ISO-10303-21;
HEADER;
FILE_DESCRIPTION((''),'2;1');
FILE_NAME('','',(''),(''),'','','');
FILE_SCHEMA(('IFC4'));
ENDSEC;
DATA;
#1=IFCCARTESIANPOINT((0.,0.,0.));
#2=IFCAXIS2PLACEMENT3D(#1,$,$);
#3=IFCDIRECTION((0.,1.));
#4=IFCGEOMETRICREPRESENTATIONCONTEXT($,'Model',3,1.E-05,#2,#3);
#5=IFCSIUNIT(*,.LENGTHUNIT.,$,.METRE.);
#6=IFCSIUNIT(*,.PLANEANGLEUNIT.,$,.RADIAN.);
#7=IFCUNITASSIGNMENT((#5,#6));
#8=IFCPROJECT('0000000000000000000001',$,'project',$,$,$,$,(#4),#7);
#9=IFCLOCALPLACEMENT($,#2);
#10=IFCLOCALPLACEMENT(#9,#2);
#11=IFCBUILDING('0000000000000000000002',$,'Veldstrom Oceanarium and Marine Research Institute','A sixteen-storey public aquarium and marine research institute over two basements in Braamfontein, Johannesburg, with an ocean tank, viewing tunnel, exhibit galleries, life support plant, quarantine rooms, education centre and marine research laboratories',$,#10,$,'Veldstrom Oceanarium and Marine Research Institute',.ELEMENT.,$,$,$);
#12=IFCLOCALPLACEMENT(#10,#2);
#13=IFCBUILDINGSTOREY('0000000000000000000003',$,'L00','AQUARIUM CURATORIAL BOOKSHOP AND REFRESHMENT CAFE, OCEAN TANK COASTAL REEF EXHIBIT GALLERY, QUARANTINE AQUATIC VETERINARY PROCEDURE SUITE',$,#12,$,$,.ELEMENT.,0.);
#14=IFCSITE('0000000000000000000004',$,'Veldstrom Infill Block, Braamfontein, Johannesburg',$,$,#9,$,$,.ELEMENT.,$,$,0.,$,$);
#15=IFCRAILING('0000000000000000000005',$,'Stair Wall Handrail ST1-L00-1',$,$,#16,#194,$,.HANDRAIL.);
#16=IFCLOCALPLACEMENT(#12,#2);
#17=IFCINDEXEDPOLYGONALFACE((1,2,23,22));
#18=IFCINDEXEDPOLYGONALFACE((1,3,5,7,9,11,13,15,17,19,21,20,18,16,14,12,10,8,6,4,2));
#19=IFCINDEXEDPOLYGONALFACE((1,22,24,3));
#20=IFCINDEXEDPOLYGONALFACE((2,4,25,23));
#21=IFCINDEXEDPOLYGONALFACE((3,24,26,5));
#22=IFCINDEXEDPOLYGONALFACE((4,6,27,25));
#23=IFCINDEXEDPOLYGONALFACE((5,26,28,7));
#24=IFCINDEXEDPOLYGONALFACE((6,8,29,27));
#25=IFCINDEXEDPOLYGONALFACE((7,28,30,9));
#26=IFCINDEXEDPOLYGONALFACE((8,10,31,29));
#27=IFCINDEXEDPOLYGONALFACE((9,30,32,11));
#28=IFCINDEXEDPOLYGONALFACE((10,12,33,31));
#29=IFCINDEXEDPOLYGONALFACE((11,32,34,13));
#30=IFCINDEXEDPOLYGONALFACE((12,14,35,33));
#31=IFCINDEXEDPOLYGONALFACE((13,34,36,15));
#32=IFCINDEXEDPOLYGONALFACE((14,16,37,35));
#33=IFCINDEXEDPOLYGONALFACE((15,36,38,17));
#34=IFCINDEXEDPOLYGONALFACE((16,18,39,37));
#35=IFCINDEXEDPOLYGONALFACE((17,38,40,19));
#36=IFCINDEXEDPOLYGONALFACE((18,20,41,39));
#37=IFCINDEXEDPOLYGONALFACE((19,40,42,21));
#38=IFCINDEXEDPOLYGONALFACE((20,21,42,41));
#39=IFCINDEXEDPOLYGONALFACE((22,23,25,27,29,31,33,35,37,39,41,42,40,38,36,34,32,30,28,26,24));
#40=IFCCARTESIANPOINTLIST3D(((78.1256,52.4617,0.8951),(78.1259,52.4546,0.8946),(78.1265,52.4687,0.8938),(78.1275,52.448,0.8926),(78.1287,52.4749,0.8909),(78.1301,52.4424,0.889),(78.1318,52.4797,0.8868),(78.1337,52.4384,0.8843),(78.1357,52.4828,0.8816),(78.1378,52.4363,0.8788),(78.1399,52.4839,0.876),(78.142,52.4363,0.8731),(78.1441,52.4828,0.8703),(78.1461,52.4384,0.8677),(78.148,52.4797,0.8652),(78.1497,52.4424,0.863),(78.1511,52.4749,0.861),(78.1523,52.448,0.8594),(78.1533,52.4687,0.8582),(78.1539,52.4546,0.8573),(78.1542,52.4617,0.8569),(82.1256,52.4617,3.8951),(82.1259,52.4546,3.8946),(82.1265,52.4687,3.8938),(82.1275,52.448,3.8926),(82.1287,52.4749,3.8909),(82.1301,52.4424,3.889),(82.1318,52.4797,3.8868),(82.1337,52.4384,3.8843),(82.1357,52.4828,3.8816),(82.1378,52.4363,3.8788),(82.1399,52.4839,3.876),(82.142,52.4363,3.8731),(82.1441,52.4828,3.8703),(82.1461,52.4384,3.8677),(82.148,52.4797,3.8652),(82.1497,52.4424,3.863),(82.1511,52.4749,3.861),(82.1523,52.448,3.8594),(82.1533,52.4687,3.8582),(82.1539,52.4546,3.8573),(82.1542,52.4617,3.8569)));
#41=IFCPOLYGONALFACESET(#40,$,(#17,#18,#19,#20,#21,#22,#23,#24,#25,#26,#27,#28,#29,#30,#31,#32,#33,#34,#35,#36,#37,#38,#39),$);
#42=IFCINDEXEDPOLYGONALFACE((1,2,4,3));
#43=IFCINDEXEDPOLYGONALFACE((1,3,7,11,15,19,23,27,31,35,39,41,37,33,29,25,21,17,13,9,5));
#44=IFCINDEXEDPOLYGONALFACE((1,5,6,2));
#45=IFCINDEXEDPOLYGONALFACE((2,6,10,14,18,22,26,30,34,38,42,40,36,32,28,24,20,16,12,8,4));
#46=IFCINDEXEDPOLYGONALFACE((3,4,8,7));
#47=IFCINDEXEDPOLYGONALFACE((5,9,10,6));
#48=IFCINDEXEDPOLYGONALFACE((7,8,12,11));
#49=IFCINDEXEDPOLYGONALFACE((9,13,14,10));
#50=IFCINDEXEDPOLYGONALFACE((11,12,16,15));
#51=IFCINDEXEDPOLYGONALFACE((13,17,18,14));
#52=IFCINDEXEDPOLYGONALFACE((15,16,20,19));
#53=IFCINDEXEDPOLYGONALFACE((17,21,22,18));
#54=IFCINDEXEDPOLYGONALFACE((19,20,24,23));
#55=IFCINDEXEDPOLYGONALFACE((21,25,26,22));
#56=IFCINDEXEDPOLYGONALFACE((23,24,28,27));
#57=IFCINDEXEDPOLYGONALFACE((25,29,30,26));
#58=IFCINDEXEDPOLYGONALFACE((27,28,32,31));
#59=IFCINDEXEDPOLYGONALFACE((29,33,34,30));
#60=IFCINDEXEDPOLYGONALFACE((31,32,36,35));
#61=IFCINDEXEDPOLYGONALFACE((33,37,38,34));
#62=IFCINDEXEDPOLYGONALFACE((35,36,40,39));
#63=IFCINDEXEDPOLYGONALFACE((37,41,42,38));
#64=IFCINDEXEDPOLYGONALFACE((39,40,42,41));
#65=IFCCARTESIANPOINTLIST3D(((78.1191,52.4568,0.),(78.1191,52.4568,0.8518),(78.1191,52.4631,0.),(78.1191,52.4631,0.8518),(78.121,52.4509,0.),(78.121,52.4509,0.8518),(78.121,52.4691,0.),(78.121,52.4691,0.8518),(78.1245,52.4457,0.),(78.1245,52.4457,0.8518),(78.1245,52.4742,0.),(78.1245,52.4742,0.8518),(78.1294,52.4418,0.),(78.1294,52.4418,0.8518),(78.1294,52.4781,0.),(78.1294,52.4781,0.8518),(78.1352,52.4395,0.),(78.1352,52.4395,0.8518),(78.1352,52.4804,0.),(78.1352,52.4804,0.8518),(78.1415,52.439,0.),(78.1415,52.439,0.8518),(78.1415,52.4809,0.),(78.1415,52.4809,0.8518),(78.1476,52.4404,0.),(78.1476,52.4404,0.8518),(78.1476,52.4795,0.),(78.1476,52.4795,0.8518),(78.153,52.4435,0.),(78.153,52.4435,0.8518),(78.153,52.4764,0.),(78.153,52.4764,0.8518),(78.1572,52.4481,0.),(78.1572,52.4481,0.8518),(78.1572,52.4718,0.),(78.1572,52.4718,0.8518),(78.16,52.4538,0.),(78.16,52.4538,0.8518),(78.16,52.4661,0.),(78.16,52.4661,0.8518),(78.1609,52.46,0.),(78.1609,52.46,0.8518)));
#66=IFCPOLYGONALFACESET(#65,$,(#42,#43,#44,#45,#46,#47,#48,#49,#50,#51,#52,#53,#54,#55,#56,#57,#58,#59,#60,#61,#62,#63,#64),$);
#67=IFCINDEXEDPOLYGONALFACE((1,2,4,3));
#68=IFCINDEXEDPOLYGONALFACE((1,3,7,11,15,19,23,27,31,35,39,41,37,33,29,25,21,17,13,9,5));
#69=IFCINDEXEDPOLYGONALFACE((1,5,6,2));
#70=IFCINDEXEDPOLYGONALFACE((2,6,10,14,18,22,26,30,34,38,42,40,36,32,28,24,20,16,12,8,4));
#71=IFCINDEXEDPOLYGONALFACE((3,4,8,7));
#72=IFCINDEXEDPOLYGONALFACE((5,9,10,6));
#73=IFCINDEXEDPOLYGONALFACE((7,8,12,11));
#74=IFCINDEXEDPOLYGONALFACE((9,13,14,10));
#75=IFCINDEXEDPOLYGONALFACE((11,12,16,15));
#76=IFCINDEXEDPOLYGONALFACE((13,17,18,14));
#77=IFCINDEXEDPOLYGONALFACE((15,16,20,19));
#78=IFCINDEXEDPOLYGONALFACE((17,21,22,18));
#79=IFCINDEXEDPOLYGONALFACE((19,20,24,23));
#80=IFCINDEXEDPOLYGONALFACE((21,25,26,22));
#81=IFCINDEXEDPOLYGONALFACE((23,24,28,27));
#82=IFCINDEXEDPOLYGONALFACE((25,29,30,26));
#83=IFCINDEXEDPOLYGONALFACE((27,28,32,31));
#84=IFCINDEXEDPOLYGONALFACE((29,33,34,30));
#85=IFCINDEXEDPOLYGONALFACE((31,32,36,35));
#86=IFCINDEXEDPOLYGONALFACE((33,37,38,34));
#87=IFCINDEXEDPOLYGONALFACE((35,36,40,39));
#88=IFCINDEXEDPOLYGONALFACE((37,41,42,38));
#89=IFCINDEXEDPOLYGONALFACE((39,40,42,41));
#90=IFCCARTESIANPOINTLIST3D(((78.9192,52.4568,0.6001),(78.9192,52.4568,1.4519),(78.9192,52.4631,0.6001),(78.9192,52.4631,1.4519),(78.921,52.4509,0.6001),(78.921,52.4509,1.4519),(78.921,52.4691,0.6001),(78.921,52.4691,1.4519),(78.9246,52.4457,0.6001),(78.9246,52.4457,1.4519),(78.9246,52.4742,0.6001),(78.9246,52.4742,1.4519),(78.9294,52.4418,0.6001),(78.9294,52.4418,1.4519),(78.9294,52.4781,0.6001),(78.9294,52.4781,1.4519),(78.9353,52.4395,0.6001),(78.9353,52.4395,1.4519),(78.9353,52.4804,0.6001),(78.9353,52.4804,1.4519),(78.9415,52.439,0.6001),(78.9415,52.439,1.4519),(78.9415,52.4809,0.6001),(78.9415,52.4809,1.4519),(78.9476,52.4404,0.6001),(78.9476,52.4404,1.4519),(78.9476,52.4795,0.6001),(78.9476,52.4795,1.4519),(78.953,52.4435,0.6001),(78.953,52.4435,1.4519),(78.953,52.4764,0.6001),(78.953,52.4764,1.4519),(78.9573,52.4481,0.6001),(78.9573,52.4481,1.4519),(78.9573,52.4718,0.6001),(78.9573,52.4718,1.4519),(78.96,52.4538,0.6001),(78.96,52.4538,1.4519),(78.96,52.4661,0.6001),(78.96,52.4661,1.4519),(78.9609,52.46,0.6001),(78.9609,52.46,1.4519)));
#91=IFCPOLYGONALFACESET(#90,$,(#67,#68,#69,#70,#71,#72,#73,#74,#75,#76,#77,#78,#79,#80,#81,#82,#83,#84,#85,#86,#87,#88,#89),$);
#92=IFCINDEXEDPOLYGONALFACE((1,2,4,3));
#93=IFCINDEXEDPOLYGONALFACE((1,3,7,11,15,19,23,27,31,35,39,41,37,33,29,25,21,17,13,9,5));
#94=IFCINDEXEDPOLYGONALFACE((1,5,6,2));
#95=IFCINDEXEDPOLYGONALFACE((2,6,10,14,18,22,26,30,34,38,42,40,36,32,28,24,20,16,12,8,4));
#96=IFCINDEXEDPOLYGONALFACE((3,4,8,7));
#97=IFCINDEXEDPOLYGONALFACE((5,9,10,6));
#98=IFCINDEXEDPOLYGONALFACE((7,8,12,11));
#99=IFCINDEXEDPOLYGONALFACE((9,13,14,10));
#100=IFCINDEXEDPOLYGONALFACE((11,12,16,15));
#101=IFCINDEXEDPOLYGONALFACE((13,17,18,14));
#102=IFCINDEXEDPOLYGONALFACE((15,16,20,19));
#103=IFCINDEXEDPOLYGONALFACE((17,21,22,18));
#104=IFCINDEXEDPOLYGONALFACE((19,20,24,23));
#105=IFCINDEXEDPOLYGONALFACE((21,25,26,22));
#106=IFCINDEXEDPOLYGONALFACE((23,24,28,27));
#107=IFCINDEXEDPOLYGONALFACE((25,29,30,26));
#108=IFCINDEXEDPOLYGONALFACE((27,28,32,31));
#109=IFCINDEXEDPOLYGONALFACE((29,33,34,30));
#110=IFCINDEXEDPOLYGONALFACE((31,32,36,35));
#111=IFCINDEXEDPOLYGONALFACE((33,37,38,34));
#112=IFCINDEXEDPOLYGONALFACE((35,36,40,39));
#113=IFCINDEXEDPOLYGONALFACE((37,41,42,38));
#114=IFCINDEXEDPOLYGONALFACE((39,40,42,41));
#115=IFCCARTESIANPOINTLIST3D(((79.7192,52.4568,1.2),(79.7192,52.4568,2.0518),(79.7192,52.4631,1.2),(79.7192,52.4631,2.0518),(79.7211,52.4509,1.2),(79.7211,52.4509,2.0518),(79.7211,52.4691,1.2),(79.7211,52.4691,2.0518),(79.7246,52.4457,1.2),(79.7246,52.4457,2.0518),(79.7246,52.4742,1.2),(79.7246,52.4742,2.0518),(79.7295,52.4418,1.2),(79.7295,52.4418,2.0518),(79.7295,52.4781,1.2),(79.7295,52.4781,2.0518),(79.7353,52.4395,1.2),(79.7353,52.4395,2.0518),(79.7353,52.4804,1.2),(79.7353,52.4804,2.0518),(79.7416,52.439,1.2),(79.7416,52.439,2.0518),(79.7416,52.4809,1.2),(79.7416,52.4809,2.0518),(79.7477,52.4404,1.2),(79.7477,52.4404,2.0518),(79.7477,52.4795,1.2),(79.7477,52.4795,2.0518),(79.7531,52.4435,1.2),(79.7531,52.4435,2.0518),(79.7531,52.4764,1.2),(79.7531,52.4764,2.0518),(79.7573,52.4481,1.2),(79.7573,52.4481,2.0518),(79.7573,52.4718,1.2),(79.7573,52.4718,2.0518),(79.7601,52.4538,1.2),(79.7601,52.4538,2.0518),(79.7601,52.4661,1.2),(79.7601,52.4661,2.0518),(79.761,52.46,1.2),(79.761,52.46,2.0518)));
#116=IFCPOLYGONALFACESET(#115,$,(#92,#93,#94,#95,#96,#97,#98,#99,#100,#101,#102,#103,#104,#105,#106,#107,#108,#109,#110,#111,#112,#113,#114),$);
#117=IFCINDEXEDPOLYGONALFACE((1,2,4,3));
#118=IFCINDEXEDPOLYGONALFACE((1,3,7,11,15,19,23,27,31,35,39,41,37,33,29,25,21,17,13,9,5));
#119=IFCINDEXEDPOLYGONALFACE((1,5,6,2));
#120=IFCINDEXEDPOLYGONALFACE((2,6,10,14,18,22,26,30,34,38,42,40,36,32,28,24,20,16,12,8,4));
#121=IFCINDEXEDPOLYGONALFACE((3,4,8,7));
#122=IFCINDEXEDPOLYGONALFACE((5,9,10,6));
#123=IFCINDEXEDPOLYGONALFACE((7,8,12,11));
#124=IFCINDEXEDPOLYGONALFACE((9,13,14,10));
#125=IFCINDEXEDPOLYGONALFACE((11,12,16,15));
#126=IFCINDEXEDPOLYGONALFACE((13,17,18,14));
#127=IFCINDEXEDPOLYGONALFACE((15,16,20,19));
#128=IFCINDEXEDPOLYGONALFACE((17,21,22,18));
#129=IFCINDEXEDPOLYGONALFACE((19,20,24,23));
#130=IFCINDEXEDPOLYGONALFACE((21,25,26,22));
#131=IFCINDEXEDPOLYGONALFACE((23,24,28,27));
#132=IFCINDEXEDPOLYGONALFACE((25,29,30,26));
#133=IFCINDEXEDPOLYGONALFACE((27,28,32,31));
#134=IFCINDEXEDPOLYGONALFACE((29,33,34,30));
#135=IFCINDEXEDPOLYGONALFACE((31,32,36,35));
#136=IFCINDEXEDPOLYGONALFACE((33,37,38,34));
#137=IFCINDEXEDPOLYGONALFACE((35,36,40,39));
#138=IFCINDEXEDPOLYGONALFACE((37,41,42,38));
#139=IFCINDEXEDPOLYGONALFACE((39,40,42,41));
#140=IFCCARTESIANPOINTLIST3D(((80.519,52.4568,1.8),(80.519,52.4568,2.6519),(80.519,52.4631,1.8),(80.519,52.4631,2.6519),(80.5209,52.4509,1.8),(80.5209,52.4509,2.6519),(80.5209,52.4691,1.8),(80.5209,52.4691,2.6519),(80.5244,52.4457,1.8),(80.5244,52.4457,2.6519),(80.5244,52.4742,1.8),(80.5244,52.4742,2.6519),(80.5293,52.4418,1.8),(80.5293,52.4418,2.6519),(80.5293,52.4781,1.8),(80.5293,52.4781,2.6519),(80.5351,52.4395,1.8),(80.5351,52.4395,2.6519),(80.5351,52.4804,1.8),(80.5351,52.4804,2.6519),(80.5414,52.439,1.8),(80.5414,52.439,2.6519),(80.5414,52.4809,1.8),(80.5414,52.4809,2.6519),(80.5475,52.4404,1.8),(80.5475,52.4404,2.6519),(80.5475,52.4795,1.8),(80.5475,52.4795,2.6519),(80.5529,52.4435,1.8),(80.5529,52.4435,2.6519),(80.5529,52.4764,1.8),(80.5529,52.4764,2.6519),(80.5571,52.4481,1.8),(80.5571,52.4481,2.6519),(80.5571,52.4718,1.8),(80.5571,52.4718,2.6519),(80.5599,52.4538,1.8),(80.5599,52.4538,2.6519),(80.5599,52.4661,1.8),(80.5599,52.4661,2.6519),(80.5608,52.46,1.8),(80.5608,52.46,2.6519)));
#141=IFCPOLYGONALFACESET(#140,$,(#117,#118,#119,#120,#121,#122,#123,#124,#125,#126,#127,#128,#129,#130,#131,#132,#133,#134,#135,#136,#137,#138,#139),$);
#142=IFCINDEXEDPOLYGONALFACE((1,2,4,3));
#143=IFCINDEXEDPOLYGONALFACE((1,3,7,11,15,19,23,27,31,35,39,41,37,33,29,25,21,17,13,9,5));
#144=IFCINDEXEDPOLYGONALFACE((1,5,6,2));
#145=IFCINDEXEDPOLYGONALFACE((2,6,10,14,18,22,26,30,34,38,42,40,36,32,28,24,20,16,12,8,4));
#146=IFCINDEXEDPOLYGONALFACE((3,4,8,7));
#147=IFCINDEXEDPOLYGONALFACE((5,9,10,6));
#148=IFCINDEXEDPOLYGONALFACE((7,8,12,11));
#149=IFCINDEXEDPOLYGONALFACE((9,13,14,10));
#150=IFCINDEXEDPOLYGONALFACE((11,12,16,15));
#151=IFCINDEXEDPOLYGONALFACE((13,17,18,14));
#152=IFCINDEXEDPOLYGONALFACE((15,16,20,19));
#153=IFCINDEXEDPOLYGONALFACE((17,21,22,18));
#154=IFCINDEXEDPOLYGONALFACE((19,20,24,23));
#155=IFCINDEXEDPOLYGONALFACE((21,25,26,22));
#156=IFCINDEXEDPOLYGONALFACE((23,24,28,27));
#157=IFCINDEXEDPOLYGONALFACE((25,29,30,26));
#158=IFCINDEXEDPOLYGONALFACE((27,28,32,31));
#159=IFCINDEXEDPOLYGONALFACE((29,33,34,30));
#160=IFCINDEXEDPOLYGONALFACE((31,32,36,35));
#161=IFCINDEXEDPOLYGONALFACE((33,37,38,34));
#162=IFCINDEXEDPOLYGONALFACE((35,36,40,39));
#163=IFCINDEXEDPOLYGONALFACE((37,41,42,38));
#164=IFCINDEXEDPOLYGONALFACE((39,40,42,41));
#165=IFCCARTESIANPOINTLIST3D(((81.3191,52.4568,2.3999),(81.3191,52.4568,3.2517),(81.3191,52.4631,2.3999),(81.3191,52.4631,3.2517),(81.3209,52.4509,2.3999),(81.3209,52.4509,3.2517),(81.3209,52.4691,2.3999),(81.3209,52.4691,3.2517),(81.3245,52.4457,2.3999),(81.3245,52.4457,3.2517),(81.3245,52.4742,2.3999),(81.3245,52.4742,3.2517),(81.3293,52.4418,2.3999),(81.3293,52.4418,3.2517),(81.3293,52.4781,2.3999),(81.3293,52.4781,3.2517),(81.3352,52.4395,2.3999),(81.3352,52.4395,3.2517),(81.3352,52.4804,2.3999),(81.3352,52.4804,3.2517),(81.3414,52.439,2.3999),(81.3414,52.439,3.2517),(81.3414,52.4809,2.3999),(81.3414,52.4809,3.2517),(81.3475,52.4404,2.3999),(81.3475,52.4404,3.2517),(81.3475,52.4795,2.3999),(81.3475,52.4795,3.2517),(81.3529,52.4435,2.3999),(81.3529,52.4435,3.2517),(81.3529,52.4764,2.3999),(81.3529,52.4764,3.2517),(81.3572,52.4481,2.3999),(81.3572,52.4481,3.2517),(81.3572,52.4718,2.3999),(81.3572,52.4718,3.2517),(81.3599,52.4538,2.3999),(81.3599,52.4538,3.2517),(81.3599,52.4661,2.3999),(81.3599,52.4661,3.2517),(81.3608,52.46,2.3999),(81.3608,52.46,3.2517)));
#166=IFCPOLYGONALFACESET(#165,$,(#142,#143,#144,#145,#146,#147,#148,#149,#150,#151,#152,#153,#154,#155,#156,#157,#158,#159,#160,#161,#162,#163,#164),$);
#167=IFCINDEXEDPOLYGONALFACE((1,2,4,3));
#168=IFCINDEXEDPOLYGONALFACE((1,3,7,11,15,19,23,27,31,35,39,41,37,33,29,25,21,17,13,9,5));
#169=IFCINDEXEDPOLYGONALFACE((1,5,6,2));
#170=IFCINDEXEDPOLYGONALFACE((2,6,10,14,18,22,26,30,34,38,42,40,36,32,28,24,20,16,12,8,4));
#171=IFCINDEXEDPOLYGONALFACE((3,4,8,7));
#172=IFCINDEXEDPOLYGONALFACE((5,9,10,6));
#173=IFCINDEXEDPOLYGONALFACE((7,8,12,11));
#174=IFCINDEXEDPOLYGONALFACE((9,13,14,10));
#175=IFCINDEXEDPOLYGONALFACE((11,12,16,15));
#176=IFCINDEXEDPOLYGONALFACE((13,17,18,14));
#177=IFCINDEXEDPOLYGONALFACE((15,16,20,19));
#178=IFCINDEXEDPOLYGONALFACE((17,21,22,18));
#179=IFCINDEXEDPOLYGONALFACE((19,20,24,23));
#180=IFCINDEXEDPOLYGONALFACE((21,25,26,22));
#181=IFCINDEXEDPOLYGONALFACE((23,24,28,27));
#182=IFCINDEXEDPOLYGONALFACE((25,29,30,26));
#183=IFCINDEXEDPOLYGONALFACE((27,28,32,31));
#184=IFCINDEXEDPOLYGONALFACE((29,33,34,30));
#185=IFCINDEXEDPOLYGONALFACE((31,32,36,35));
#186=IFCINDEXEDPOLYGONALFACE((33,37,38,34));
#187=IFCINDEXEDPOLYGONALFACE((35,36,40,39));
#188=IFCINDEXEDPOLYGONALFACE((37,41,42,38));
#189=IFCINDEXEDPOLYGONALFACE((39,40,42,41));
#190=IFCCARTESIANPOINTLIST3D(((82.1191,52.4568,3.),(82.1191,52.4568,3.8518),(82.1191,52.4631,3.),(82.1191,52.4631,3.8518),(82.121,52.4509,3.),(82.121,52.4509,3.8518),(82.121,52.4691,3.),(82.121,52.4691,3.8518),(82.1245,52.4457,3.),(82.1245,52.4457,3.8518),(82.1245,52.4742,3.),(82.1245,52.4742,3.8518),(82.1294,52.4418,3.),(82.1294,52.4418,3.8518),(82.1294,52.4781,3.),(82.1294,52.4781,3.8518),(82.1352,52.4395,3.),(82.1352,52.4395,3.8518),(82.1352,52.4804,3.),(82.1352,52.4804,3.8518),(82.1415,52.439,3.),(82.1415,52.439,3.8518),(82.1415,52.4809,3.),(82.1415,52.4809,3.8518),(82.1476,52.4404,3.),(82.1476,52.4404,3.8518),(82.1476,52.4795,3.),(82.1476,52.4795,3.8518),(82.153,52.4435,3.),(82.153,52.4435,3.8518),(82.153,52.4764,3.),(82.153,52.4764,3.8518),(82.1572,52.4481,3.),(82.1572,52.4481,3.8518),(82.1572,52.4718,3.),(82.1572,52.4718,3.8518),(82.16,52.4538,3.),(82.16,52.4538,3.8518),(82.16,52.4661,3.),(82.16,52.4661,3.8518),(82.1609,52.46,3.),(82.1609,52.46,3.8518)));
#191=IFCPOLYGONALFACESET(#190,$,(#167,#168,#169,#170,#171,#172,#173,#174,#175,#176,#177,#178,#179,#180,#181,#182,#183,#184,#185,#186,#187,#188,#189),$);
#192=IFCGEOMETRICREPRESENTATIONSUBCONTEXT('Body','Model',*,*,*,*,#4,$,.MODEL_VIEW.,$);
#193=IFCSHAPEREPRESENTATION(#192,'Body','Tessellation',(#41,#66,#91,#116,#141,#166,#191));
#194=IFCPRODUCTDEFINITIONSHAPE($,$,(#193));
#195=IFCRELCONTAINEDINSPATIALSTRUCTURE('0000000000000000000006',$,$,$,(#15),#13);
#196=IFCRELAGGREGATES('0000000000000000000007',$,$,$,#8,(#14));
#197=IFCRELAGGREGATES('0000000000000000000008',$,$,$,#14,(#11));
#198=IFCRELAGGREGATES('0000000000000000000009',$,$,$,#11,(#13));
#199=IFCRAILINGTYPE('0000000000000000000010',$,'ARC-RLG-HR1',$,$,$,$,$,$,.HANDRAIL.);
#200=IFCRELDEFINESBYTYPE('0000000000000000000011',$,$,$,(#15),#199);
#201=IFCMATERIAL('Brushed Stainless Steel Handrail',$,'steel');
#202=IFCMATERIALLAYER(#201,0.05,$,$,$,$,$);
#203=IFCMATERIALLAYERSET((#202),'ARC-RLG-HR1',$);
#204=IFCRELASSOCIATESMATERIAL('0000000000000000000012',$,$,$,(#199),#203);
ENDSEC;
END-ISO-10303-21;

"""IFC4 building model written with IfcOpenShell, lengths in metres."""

from ifc_helpers import new_model, si_unit, direction, frame, origin, origin_2d, place, context, subcontext, project, spatial, circle, extrude, material, layer, layer_set, type_object, element, save


model = new_model("IFC4")

# Units and contexts
model_context = context("Model", 3, precision=1e-05, world=origin(), true_north=direction((0.0, 1.0)))
body_context = subcontext(model_context, "Body", "Model", "MODEL_VIEW")
ifc_project = project(units=[si_unit("LENGTHUNIT", "METRE"), si_unit("PLANEANGLEUNIT", "RADIAN")], contexts=[model_context])

# Site, building, storey
site_placement = place(None, origin())
site = spatial("IfcSite", under=ifc_project, at=site_placement, Name="Veldstrom Infill Block, Braamfontein, Johannesburg", CompositionType="ELEMENT", RefElevation=0.0)
building_placement = place(site_placement, origin())
building = spatial("IfcBuilding", under=site, at=building_placement, Name="Veldstrom Oceanarium and Marine Research Institute", Description="A sixteen-storey public aquarium and marine research institute over two basements in Braamfontein, Johannesburg, with an ocean tank, viewing tunnel, exhibit galleries, life support plant, quarantine rooms, education centre and marine research laboratories", LongName="Veldstrom Oceanarium and Marine Research Institute", CompositionType="ELEMENT")
storey_placement = place(building_placement, origin())
storey = spatial("IfcBuildingStorey", under=building, at=storey_placement, Name="L00", Description="AQUARIUM CURATORIAL BOOKSHOP AND REFRESHMENT CAFE, OCEAN TANK COASTAL REEF EXHIBIT GALLERY, QUARANTINE AQUATIC VETERINARY PROCEDURE SUITE", CompositionType="ELEMENT", Elevation=0.0)

# Railing
ifc_material_1 = material(Name="Brushed Stainless Steel Handrail", Category="steel")
ifc_layer_1 = layer(ifc_material_1, 0.05)
ifc_layer_set_1 = layer_set([ifc_layer_1], Name="ARC-RLG-HR1")
railing_type_1 = type_object("IfcRailingType", Name="ARC-RLG-HR1", PredefinedType="HANDRAIL", material=ifc_layer_set_1)
railing_1_placement = place(storey_placement, frame((78.1399, 52.46, 0.0)))
element("IfcRailing", 1, at=railing_1_placement, inside=storey, type_object=railing_type_1, Name="Stair Wall Handrail ST1-L00-1", PredefinedType="HANDRAIL", context=body_context, shape_type="SweptSolid", body=[
    extrude(circle(Radius=0.0239, at=origin_2d()), frame((0.0, 0.0, 0.876), z_axis=(0.8, 0.0, 0.6), x_axis=(0.0, 1.0, 0.0)), (0.0, 0.0, 1.0), 5.0),
    extrude(circle(Radius=0.021, at=origin_2d()), origin(), (0.0, 0.0, 1.0), 0.8518),
    extrude(circle(Radius=0.021, at=origin_2d()), frame((0.8, 0.0, 0.6001)), (0.0, 0.0, 1.0), 0.8518),
    extrude(circle(Radius=0.021, at=origin_2d()), frame((1.6001, 0.0, 1.2)), (0.0, 0.0, 1.0), 0.8518),
    extrude(circle(Radius=0.021, at=origin_2d()), frame((2.3999, 0.0, 1.8)), (0.0, 0.0, 1.0), 0.8518),
    extrude(circle(Radius=0.021, at=origin_2d()), frame((3.2, 0.0, 2.3999)), (0.0, 0.0, 1.0), 0.8518),
    extrude(circle(Radius=0.021, at=origin_2d()), frame((4.0, 0.0, 3.0)), (0.0, 0.0, 1.0), 0.8518),
])

save(model, "model.ifc")
